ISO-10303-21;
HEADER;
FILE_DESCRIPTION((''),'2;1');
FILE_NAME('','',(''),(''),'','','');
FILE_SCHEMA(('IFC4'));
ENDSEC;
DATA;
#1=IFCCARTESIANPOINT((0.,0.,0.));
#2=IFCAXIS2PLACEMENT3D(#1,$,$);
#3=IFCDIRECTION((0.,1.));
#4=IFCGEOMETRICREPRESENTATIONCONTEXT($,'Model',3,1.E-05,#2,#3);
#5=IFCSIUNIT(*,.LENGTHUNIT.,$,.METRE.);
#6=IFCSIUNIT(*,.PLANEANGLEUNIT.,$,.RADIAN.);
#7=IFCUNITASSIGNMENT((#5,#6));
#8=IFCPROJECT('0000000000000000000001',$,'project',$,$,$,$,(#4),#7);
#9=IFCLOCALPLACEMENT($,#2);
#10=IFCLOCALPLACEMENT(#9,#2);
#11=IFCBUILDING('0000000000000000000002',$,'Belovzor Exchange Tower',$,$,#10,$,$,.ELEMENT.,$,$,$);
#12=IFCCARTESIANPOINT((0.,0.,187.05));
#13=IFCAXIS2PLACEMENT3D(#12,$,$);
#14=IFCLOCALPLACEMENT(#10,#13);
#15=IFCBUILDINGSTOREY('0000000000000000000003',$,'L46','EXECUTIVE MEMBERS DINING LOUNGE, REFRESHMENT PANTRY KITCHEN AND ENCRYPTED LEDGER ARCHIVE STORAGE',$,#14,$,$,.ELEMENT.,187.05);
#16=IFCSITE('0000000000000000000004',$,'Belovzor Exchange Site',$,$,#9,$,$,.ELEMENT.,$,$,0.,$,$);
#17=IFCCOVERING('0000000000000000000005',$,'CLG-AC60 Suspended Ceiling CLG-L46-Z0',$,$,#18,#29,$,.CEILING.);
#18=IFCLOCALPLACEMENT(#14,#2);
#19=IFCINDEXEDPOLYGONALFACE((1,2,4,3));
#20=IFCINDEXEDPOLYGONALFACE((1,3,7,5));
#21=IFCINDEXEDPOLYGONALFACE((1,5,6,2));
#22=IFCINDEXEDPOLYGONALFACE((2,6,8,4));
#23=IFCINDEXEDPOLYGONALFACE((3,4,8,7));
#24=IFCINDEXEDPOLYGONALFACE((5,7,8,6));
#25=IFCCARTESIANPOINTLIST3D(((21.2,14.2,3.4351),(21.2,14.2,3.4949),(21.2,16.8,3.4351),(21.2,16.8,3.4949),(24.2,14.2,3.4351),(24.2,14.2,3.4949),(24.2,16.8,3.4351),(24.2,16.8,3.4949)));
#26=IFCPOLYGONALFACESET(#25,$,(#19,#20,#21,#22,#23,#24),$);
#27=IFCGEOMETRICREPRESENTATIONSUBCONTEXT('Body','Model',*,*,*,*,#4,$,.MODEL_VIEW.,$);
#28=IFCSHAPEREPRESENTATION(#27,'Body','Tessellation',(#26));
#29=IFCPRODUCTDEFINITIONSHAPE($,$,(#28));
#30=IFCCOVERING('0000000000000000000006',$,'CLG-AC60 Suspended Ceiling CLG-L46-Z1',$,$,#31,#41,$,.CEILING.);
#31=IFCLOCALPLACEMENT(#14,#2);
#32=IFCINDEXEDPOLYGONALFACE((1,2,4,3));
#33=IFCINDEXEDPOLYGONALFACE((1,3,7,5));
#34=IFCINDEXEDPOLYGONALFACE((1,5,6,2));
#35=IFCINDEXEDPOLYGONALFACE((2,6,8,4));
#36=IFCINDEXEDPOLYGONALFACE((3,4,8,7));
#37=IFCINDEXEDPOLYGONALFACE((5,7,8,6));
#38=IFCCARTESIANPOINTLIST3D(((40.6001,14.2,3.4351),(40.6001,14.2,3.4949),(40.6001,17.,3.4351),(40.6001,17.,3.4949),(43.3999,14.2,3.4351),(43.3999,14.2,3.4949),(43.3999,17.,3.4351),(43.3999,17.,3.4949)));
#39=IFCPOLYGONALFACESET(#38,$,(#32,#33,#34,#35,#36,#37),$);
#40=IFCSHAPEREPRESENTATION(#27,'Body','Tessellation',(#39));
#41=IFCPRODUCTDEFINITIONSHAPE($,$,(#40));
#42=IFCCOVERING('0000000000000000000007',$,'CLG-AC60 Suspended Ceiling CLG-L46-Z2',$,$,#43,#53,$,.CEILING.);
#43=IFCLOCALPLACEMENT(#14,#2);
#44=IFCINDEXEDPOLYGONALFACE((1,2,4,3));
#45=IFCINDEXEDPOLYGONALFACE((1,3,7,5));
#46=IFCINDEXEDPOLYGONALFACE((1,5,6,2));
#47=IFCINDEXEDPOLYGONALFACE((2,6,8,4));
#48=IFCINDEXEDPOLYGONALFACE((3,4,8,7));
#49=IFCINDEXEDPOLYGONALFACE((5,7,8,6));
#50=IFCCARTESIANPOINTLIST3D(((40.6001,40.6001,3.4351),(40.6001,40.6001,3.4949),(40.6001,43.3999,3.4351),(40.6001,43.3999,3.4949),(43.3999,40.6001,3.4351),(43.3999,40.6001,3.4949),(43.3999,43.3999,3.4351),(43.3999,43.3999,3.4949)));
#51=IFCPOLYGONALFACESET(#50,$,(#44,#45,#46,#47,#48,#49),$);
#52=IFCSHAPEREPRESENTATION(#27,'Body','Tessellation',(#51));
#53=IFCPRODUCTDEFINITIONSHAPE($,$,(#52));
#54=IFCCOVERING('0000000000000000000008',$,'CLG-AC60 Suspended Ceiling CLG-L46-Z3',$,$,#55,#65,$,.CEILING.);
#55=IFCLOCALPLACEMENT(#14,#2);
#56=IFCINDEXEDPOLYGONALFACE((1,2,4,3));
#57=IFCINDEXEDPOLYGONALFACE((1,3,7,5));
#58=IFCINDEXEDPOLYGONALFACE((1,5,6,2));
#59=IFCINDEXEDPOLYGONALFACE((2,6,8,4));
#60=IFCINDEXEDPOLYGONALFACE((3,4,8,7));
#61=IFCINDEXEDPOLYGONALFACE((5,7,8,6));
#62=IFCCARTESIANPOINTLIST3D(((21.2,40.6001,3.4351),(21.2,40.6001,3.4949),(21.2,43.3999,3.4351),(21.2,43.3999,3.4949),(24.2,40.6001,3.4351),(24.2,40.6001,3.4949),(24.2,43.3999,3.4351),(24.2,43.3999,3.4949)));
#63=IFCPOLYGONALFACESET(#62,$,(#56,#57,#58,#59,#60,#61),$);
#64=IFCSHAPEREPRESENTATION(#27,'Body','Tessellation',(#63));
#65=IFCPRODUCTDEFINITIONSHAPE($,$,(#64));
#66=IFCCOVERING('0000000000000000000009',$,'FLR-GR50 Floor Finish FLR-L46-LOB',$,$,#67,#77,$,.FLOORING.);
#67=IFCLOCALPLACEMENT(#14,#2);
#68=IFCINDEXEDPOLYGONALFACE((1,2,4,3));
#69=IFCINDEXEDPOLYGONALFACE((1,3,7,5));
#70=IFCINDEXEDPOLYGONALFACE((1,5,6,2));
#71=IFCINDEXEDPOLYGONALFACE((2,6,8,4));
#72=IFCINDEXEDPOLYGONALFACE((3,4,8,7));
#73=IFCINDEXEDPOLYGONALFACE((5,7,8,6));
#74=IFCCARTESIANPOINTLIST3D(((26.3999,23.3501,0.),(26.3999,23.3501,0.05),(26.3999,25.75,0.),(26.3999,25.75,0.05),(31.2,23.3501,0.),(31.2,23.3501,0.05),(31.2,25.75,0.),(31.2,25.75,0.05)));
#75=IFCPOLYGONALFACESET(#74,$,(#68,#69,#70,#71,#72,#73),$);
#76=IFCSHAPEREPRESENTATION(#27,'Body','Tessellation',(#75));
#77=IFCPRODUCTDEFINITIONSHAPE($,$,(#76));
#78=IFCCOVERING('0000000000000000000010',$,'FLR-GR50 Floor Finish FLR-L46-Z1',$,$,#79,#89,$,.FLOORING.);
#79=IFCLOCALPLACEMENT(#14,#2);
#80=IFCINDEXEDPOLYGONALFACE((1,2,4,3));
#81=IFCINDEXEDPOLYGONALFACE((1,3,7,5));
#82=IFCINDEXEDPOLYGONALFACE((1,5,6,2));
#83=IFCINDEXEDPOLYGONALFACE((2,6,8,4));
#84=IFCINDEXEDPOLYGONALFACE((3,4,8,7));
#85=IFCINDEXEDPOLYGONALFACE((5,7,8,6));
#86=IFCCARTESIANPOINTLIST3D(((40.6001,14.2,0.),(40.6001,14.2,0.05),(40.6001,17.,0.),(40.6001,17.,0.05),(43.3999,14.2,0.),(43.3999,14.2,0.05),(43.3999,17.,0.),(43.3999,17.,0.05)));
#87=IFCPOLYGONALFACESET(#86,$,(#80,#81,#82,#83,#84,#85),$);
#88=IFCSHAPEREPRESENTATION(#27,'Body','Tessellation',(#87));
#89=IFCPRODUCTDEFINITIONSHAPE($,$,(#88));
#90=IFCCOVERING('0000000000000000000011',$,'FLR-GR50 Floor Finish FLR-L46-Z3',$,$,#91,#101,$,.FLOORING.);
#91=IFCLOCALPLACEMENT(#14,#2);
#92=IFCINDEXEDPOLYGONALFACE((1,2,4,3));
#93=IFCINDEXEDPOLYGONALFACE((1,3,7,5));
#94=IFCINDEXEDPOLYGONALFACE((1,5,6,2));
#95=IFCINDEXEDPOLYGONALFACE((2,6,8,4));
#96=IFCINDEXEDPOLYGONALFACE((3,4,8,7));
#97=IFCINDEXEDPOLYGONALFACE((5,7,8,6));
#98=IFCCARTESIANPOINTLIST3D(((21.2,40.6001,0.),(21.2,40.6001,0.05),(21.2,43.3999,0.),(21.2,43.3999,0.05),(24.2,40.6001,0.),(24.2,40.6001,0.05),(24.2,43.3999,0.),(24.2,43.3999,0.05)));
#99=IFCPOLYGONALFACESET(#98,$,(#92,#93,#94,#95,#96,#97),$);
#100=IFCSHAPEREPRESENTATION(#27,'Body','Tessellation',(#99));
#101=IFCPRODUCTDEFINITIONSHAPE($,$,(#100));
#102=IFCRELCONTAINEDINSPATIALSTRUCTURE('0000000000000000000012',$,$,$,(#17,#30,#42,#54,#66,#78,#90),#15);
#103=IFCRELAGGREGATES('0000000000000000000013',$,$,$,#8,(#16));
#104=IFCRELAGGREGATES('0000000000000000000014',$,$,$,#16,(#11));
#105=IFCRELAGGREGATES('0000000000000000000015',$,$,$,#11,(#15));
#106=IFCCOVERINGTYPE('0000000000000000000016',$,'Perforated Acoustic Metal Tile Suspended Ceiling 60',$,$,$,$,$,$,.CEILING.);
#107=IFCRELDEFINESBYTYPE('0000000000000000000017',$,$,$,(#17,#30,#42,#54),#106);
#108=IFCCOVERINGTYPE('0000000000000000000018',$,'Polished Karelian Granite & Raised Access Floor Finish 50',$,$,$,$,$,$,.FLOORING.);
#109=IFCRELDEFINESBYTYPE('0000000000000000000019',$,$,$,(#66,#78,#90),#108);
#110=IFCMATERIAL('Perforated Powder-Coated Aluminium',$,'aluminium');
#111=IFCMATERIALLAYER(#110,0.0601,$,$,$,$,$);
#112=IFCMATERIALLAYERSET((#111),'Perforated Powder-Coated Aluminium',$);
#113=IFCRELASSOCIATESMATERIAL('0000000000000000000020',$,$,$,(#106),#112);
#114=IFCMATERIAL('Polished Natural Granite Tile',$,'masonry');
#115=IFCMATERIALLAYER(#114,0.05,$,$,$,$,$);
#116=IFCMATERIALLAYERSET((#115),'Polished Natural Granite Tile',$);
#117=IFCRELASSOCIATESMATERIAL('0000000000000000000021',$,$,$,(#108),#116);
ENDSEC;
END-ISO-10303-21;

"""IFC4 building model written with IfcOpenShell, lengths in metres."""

from ifc_helpers import new_model, si_unit, direction, frame, origin, place, context, subcontext, project, spatial, polyline, outline, extrude, material, layer, layer_set, type_object, element, save


model = new_model("IFC4")

# Units and contexts
model_context = context("Model", 3, precision=1e-05, world=origin(), true_north=direction((0.0, 1.0)))
body_context = subcontext(model_context, "Body", "Model", "MODEL_VIEW")
ifc_project = project(units=[si_unit("LENGTHUNIT", "METRE"), si_unit("PLANEANGLEUNIT", "RADIAN")], contexts=[model_context])

# Site, building, storey
site_placement = place(None, origin())
site = spatial("IfcSite", under=ifc_project, at=site_placement, Name="Belovzor Exchange Site", CompositionType="ELEMENT", RefElevation=0.0)
building_placement = place(site_placement, origin())
building = spatial("IfcBuilding", under=site, at=building_placement, Name="Belovzor Exchange Tower", CompositionType="ELEMENT")
storey_placement = place(building_placement, frame((0.0, 0.0, 187.05)))
storey = spatial("IfcBuildingStorey", under=building, at=storey_placement, Name="L46", Description="EXECUTIVE MEMBERS DINING LOUNGE, REFRESHMENT PANTRY KITCHEN AND ENCRYPTED LEDGER ARCHIVE STORAGE", CompositionType="ELEMENT", Elevation=187.05)

# Coverings
ifc_material_1 = material(Name="Perforated Powder-Coated Aluminium", Category="aluminium")
ifc_layer_1 = layer(ifc_material_1, 0.0601)
ifc_layer_set_1 = layer_set([ifc_layer_1], Name="Perforated Powder-Coated Aluminium")
covering_type_1 = type_object("IfcCoveringType", Name="Perforated Acoustic Metal Tile Suspended Ceiling 60", PredefinedType="CEILING", material=ifc_layer_set_1)
covering_1_placement = place(storey_placement, frame((0.0, 0.0, 3.4351)))
element("IfcCovering", 1, at=covering_1_placement, inside=storey, type_object=covering_type_1, Name="CLG-AC60 Suspended Ceiling CLG-L46-Z0", PredefinedType="CEILING", context=body_context, shape_type="SweptSolid", body=[
    extrude(outline(polyline([(21.2, 14.2), (24.2, 14.2), (24.2, 16.8), (21.2, 16.8), (21.2, 14.2)])), origin(), (0.0, 0.0, 1.0), 0.0598),
])
covering_2_placement = place(storey_placement, frame((0.0, 0.0, 3.4351)))
element("IfcCovering", 2, at=covering_2_placement, inside=storey, type_object=covering_type_1, Name="CLG-AC60 Suspended Ceiling CLG-L46-Z1", PredefinedType="CEILING", context=body_context, shape_type="SweptSolid", body=[
    extrude(outline(polyline([(40.6001, 14.2), (43.3999, 14.2), (43.3999, 17.0), (40.6001, 17.0), (40.6001, 14.2)])), origin(), (0.0, 0.0, 1.0), 0.0598),
])
covering_3_placement = place(storey_placement, frame((0.0, 0.0, 3.4351)))
element("IfcCovering", 3, at=covering_3_placement, inside=storey, type_object=covering_type_1, Name="CLG-AC60 Suspended Ceiling CLG-L46-Z2", PredefinedType="CEILING", context=body_context, shape_type="SweptSolid", body=[
    extrude(outline(polyline([(40.6001, 40.6001), (43.3999, 40.6001), (43.3999, 43.3999), (40.6001, 43.3999), (40.6001, 40.6001)])), origin(), (0.0, 0.0, 1.0), 0.0598),
])
covering_4_placement = place(storey_placement, frame((0.0, 0.0, 3.4351)))
element("IfcCovering", 4, at=covering_4_placement, inside=storey, type_object=covering_type_1, Name="CLG-AC60 Suspended Ceiling CLG-L46-Z3", PredefinedType="CEILING", context=body_context, shape_type="SweptSolid", body=[
    extrude(outline(polyline([(21.2, 40.6001), (24.2, 40.6001), (24.2, 43.3999), (21.2, 43.3999), (21.2, 40.6001)])), origin(), (0.0, 0.0, 1.0), 0.0598),
])
ifc_material_2 = material(Name="Polished Natural Granite Tile", Category="masonry")
ifc_layer_2 = layer(ifc_material_2, 0.05)
ifc_layer_set_2 = layer_set([ifc_layer_2], Name="Polished Natural Granite Tile")
covering_type_2 = type_object("IfcCoveringType", Name="Polished Karelian Granite & Raised Access Floor Finish 50", PredefinedType="FLOORING", material=ifc_layer_set_2)
covering_5_placement = place(storey_placement, origin())
element("IfcCovering", 5, at=covering_5_placement, inside=storey, type_object=covering_type_2, Name="FLR-GR50 Floor Finish FLR-L46-LOB", PredefinedType="FLOORING", context=body_context, shape_type="SweptSolid", body=[
    extrude(outline(polyline([(26.3999, 23.3501), (31.2, 23.3501), (31.2, 25.75), (26.3999, 25.75), (26.3999, 23.3501)])), origin(), (0.0, 0.0, 1.0), 0.05),
])
covering_6_placement = place(storey_placement, origin())
element("IfcCovering", 6, at=covering_6_placement, inside=storey, type_object=covering_type_2, Name="FLR-GR50 Floor Finish FLR-L46-Z1", PredefinedType="FLOORING", context=body_context, shape_type="SweptSolid", body=[
    extrude(outline(polyline([(40.6001, 14.2), (43.3999, 14.2), (43.3999, 17.0), (40.6001, 17.0), (40.6001, 14.2)])), origin(), (0.0, 0.0, 1.0), 0.05),
])
covering_7_placement = place(storey_placement, origin())
element("IfcCovering", 7, at=covering_7_placement, inside=storey, type_object=covering_type_2, Name="FLR-GR50 Floor Finish FLR-L46-Z3", PredefinedType="FLOORING", context=body_context, shape_type="SweptSolid", body=[
    extrude(outline(polyline([(21.2, 40.6001), (24.2, 40.6001), (24.2, 43.3999), (21.2, 43.3999), (21.2, 40.6001)])), origin(), (0.0, 0.0, 1.0), 0.05),
])

save(model, "model.ifc")
